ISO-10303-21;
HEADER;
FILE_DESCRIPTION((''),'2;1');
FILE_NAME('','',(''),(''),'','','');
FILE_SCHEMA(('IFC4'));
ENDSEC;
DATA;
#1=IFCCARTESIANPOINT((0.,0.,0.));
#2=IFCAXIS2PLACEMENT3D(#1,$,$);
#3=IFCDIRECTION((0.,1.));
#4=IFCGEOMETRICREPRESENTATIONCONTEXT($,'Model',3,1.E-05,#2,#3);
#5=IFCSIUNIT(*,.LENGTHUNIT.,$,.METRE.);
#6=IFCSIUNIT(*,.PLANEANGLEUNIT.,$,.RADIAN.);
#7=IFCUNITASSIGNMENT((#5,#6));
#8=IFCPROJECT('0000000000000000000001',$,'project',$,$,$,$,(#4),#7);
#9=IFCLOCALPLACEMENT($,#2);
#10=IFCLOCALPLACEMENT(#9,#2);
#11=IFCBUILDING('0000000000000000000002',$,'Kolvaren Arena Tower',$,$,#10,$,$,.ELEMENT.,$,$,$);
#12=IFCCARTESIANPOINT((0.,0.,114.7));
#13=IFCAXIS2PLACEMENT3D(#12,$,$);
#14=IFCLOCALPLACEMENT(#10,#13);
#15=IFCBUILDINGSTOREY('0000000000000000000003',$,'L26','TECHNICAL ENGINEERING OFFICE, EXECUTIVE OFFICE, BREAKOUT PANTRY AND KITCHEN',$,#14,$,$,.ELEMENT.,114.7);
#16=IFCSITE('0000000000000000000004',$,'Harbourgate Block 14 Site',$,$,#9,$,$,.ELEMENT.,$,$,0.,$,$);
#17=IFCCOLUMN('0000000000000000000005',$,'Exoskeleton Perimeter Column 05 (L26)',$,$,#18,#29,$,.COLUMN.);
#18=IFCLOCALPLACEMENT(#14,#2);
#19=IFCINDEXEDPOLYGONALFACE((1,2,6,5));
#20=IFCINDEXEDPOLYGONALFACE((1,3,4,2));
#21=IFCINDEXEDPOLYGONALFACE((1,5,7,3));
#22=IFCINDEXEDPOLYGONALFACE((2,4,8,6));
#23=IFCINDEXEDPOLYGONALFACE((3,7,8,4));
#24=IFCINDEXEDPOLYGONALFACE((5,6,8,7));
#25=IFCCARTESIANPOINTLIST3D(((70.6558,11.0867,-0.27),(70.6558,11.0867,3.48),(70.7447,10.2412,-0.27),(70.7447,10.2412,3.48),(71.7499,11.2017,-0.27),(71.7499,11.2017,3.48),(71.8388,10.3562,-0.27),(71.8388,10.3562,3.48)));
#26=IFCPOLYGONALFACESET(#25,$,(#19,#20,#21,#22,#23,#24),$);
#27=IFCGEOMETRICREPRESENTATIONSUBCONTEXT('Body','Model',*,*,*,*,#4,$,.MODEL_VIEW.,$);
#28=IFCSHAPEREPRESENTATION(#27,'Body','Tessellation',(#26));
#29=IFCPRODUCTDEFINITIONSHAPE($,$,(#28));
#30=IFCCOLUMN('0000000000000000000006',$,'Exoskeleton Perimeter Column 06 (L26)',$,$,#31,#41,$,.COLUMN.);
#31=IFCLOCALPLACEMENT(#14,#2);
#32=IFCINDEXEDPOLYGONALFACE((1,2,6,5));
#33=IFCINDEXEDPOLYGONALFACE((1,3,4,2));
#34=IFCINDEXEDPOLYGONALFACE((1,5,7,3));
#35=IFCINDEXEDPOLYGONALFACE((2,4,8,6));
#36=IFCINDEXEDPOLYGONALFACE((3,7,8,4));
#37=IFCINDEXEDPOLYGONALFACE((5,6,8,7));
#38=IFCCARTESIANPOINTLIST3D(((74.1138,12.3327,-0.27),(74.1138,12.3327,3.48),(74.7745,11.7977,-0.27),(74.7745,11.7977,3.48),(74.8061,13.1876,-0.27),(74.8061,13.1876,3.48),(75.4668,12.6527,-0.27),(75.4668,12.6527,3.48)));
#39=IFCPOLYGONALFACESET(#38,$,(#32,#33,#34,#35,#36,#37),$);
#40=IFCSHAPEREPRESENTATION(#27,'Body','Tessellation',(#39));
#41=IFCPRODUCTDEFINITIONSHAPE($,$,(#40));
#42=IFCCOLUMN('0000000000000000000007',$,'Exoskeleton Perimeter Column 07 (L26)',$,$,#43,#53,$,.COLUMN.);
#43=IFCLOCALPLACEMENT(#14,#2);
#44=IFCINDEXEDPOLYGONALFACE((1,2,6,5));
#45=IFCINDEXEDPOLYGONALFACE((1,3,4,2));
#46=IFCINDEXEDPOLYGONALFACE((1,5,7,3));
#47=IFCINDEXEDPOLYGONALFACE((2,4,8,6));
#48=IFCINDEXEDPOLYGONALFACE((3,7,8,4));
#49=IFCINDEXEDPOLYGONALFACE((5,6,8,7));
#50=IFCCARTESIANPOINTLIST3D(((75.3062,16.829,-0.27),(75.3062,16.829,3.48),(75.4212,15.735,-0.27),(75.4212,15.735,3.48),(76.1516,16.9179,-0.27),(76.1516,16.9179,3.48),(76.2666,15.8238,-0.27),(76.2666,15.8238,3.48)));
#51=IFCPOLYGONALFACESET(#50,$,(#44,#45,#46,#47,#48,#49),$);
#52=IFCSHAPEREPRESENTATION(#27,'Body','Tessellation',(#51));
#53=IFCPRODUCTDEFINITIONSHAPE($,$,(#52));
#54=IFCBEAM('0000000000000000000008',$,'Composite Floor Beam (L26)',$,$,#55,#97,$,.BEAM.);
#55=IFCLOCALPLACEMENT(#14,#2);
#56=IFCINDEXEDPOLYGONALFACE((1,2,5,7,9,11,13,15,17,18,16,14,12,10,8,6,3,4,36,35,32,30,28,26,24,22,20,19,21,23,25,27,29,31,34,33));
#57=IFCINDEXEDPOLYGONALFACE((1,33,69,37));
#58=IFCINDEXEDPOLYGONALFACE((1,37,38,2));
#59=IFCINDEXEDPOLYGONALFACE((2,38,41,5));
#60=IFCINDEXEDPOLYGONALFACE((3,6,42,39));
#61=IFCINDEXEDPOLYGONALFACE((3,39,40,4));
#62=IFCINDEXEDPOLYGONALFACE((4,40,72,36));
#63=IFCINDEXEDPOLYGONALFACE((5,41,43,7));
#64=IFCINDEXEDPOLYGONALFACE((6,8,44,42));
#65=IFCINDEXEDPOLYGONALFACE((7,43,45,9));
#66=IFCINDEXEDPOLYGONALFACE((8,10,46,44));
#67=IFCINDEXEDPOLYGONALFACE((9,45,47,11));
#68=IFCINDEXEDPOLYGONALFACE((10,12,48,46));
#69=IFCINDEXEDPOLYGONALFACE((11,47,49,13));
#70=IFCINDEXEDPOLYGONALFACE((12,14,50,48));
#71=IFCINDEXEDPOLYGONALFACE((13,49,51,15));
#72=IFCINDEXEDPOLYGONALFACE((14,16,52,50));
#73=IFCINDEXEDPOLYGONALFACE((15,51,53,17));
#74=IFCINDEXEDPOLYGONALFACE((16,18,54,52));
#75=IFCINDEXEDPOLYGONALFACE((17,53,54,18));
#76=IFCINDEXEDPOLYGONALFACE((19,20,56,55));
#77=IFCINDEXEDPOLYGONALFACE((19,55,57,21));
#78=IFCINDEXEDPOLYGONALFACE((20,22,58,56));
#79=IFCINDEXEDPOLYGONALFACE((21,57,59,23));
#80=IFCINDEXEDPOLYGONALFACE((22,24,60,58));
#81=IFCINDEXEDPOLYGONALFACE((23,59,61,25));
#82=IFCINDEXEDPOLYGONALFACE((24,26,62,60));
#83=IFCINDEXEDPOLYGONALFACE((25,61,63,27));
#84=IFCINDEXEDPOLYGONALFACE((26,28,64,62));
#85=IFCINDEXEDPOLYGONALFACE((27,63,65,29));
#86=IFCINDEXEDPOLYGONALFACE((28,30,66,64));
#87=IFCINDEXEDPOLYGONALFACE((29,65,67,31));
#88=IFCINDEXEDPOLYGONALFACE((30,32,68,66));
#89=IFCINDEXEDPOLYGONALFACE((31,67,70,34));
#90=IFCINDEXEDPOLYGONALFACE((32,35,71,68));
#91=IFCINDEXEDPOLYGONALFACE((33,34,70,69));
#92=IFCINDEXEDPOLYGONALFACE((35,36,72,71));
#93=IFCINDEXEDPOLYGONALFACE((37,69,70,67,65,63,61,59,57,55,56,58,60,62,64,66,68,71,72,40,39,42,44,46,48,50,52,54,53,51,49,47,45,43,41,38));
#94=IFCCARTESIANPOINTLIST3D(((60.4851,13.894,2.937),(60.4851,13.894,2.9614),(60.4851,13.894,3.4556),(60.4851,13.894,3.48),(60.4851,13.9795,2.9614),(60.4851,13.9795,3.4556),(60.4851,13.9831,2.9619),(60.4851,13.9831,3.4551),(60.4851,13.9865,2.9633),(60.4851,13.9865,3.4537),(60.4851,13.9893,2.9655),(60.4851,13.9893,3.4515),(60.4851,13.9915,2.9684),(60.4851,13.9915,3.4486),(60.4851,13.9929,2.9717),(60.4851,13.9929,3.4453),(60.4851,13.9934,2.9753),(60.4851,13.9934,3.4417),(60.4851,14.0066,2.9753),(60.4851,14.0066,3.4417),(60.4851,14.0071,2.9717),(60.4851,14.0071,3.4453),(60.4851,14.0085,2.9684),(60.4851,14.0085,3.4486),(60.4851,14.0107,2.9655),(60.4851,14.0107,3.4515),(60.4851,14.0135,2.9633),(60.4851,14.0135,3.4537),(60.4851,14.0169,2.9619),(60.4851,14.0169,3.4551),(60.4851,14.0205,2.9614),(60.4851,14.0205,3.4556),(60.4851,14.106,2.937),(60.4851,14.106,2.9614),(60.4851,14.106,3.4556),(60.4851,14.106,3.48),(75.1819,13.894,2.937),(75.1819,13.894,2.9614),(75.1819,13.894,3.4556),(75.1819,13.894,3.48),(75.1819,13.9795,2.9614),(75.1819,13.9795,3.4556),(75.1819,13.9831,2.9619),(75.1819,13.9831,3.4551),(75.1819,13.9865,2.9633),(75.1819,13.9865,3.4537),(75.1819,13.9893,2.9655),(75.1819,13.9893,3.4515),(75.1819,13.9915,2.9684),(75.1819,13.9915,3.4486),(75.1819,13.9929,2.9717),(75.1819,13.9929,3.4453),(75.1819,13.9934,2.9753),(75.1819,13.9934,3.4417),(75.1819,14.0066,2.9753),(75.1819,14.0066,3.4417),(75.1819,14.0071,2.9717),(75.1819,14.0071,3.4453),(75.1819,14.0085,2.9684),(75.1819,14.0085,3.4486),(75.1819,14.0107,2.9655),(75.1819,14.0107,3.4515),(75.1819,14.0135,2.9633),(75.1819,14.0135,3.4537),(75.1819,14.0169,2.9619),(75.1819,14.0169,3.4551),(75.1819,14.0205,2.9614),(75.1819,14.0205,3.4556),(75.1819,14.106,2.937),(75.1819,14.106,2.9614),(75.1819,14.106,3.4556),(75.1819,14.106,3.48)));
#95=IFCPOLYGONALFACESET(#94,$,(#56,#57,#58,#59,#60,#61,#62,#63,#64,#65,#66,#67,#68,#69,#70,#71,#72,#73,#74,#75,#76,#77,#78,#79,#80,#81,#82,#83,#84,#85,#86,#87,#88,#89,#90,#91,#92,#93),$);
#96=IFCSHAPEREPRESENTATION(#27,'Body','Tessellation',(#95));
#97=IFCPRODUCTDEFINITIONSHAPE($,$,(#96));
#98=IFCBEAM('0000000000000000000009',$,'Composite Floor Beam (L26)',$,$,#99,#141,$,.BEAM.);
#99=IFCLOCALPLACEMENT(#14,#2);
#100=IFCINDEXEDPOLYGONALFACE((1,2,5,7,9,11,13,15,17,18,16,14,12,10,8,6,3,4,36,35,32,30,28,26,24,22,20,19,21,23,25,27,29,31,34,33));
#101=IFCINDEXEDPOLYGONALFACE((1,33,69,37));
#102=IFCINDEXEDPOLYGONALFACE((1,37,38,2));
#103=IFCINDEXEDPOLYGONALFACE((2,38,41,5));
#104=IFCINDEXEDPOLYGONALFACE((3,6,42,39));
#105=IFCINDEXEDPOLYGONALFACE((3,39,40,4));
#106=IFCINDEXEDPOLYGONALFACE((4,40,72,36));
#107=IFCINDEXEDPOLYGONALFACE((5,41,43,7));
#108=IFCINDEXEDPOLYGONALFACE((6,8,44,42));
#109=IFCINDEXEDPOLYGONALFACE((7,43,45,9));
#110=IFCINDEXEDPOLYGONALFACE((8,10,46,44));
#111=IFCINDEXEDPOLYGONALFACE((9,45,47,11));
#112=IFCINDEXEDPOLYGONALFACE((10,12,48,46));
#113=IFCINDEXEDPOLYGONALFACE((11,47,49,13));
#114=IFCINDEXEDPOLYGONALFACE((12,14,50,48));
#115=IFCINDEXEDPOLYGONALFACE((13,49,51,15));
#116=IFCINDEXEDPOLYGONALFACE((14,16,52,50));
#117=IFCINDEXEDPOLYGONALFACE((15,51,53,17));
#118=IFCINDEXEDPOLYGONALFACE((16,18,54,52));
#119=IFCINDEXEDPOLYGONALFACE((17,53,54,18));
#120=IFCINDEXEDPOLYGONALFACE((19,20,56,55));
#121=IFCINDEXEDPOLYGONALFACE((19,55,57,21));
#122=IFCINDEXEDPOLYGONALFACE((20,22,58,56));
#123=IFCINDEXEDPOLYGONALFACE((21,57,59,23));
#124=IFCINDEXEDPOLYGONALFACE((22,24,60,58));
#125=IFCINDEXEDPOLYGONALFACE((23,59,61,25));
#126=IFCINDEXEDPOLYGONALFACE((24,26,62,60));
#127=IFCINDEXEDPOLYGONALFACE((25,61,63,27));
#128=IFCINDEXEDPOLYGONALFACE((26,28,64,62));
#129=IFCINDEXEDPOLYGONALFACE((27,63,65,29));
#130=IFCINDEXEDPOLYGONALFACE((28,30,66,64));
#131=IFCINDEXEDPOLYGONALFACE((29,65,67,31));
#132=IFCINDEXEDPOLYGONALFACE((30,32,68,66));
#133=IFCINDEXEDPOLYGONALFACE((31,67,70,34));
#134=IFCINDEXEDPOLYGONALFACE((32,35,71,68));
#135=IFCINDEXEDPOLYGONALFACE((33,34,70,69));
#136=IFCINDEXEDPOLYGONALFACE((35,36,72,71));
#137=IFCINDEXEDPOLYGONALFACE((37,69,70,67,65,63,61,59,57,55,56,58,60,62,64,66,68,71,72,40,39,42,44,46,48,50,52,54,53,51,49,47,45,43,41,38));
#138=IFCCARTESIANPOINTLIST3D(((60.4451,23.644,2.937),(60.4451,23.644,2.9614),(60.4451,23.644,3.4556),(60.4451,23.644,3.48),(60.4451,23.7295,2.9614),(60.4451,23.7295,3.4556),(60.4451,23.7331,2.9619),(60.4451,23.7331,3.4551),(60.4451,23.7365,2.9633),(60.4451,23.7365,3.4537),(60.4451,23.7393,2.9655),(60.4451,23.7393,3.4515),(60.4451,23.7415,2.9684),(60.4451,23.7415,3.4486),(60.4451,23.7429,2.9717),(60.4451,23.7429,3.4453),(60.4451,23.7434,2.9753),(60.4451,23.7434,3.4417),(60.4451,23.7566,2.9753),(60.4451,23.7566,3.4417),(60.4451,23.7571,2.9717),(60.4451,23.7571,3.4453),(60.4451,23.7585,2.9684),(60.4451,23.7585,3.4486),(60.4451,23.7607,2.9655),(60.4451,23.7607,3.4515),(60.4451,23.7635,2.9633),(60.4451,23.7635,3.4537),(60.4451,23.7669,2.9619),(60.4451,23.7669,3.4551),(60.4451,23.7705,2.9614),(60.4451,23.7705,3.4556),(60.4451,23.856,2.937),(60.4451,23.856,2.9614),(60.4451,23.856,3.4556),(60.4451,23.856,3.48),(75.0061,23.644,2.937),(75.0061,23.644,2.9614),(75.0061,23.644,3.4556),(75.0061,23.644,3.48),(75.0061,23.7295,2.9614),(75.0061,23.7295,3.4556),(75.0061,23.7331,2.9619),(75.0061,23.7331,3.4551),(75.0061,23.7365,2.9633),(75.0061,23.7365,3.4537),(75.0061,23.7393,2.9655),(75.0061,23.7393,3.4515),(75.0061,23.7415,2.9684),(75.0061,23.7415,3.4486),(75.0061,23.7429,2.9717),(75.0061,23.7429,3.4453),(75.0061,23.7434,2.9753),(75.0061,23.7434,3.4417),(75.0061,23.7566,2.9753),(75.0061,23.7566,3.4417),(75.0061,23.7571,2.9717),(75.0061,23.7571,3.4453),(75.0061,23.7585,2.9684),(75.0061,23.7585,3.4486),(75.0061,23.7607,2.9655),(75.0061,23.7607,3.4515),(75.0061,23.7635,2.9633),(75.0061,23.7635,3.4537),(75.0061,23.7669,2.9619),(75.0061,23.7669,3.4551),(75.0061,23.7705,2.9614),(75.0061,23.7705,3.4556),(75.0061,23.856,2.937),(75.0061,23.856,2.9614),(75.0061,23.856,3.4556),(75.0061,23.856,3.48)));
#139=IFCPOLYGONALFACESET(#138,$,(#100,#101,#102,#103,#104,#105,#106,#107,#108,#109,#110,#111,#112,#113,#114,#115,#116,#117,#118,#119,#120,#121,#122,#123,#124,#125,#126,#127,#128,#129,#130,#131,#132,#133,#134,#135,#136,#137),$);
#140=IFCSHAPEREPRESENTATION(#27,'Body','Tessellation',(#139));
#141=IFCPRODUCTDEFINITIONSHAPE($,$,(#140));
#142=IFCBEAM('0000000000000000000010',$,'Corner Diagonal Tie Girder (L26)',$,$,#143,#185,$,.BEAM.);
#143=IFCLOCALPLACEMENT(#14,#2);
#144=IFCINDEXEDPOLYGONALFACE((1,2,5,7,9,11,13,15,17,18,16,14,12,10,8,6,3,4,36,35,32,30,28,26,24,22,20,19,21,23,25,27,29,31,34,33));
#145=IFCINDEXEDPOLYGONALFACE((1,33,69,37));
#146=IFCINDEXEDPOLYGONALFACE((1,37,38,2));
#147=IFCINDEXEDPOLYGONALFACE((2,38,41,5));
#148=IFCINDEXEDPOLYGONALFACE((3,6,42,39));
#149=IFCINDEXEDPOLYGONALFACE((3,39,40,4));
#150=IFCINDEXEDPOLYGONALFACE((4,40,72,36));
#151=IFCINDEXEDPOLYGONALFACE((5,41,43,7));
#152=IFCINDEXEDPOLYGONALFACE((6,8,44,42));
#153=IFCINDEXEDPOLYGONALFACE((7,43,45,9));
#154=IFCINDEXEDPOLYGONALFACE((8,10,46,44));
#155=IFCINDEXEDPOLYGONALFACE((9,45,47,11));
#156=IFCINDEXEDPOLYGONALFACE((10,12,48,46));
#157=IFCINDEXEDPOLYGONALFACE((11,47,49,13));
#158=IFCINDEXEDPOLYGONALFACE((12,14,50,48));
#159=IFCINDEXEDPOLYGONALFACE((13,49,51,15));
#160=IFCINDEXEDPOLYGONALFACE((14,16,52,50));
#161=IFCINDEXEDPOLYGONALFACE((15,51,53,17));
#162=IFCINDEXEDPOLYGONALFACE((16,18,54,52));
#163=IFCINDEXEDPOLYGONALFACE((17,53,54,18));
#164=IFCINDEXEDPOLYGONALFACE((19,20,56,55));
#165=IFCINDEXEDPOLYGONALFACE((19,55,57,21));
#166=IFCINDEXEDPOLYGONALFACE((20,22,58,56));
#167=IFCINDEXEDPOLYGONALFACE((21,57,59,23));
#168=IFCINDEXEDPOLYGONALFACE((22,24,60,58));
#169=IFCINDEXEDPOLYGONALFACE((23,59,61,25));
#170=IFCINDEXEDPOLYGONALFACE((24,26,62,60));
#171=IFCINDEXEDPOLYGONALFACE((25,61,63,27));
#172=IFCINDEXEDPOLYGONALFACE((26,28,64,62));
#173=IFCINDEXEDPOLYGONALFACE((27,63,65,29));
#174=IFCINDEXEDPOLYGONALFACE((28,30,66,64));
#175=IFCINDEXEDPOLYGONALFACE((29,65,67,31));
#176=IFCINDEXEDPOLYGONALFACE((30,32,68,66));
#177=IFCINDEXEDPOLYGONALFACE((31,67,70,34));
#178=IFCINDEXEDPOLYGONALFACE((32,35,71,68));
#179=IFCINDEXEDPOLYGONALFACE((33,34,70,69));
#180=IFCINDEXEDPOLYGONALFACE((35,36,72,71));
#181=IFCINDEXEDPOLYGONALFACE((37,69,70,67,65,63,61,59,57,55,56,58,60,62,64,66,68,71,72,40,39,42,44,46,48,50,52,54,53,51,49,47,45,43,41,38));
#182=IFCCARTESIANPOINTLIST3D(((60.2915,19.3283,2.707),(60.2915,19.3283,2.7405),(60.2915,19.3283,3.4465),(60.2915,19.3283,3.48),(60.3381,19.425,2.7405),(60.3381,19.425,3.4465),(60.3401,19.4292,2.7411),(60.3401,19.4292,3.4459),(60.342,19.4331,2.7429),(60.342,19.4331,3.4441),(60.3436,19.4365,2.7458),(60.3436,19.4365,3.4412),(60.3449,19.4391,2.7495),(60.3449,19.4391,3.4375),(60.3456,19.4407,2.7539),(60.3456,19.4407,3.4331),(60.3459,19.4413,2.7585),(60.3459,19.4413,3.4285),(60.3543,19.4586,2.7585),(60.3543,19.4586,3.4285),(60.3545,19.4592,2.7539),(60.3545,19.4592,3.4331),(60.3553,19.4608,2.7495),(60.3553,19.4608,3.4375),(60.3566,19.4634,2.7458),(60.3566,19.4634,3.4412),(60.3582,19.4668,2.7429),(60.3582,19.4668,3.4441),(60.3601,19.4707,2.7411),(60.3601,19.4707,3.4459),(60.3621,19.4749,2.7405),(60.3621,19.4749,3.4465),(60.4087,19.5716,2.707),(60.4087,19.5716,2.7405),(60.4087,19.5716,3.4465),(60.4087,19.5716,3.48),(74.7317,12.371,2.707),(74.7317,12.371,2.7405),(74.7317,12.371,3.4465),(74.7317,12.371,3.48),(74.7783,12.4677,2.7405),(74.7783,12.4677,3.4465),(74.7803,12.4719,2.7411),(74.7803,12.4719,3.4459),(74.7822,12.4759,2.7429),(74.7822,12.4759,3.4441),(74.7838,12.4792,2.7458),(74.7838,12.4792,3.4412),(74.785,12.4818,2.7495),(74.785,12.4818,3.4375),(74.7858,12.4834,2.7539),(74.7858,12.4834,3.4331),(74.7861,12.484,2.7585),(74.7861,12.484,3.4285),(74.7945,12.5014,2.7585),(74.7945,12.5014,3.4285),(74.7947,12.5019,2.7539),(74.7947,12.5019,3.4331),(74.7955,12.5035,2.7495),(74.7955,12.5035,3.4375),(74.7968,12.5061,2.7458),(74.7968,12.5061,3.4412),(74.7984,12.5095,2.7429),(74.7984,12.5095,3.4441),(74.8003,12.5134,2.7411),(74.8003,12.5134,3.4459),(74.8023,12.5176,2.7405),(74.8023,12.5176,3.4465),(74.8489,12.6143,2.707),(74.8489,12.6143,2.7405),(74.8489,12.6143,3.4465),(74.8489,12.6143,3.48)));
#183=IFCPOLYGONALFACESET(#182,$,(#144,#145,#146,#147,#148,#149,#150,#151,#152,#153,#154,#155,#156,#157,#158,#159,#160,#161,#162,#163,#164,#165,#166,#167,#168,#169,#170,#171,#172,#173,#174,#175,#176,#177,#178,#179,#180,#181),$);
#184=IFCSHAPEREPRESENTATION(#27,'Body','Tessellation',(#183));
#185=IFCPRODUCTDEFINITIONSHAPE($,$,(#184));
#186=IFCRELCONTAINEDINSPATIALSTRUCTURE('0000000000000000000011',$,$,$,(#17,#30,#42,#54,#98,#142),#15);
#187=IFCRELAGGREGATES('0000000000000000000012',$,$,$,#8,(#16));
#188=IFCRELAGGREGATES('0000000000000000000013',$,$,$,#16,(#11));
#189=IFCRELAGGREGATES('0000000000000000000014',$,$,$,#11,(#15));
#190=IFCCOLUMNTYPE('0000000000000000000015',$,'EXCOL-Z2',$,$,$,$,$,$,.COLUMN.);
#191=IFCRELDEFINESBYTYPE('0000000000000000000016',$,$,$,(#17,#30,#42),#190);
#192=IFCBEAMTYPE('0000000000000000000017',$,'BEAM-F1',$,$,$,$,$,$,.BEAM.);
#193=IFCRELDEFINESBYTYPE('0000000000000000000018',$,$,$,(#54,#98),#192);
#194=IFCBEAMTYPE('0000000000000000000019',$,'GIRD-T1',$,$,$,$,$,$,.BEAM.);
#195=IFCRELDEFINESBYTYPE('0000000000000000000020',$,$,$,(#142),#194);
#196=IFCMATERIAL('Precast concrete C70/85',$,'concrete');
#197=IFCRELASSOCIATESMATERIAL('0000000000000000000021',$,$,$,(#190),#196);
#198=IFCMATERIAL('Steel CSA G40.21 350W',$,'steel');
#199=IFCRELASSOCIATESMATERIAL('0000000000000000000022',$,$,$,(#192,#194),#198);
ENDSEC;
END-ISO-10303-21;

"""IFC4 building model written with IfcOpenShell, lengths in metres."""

from ifc_helpers import new_model, si_unit, direction, frame, origin, origin_2d, place, context, subcontext, project, spatial, rectangle, i_section, extrude, material, material_profile, profile_set, type_object, element, save


model = new_model("IFC4")

# Units and contexts
model_context = context("Model", 3, precision=1e-05, world=origin(), true_north=direction((0.0, 1.0)))
body_context = subcontext(model_context, "Body", "Model", "MODEL_VIEW")
ifc_project = project(units=[si_unit("LENGTHUNIT", "METRE"), si_unit("PLANEANGLEUNIT", "RADIAN")], contexts=[model_context])

# Site, building, storey
site_placement = place(None, origin())
site = spatial("IfcSite", under=ifc_project, at=site_placement, Name="Harbourgate Block 14 Site", CompositionType="ELEMENT", RefElevation=0.0)
building_placement = place(site_placement, origin())
building = spatial("IfcBuilding", under=site, at=building_placement, Name="Kolvaren Arena Tower", CompositionType="ELEMENT")
storey_placement = place(building_placement, frame((0.0, 0.0, 114.7)))
storey = spatial("IfcBuildingStorey", under=building, at=storey_placement, Name="L26", Description="TECHNICAL ENGINEERING OFFICE, EXECUTIVE OFFICE, BREAKOUT PANTRY AND KITCHEN", CompositionType="ELEMENT", Elevation=114.7)

# Columns
ifc_material_1 = material(Name="Precast concrete C70/85", Category="concrete")
ifc_material_profile_1 = material_profile(ifc_material_1, rectangle(XDim=1.1001, YDim=0.8501, at=origin_2d()), Name="RC-1100x850")
ifc_profile_set_1 = profile_set([ifc_material_profile_1], Name="Precast concrete C70/85")
column_type = type_object("IfcColumnType", Name="EXCOL-Z2", PredefinedType="COLUMN", material=ifc_profile_set_1)
for number, where, z_axis, x_axis, name in (
    (1, (71.2473, 10.7214, -0.27), (0.0, 0.0, 1.0), (0.994522, 0.104528, 0.0), "Exoskeleton Perimeter Column 05 (L26)"),
    (2, (74.7903, 12.4927, -0.27), (0.0, 0.0, 1.0), (0.62932, 0.777146, 0.0), "Exoskeleton Perimeter Column 06 (L26)"),
    (3, (75.7864, 16.3264, -0.27), (0.0, 0.0, 1.0), (-0.104528, 0.994522, 0.0), "Exoskeleton Perimeter Column 07 (L26)"),
):
    element("IfcColumn", number, at=place(storey_placement, frame(where, z_axis=z_axis, x_axis=x_axis)), inside=storey, type_object=column_type, Name=name, PredefinedType="COLUMN", context=body_context, shape_type="SweptSolid", body=[
        extrude(rectangle(XDim=1.1001, YDim=0.8501, at=origin_2d()), origin(), (0.0, 0.0, 1.0), 3.75),
    ])

# Beams
ifc_material_2 = material(Name="Steel CSA G40.21 350W", Category="steel")
ifc_material_profile_2 = material_profile(ifc_material_2, i_section(OverallWidth=0.2119, OverallDepth=0.543, WebThickness=0.0132, FlangeThickness=0.0244, FilletRadius=0.0139, at=origin_2d()), Name="W530x150")
ifc_profile_set_2 = profile_set([ifc_material_profile_2], Name="Steel CSA G40.21 350W")
beam_type_1 = type_object("IfcBeamType", Name="BEAM-F1", PredefinedType="BEAM", material=ifc_profile_set_2)
beam_1_placement = place(storey_placement, frame((60.4851, 14.0, 3.2085), z_axis=(1.0, 0.0, 0.0), x_axis=(0.0, 1.0, 0.0)))
element("IfcBeam", 4, at=beam_1_placement, inside=storey, type_object=beam_type_1, Name="Composite Floor Beam (L26)", PredefinedType="BEAM", context=body_context, shape_type="SweptSolid", body=[
    extrude(i_section(OverallWidth=0.2119, OverallDepth=0.543, WebThickness=0.0132, FlangeThickness=0.0244, FilletRadius=0.0139, at=origin_2d()), origin(), (0.0, 0.0, 1.0), 14.6968),
])
beam_2_placement = place(storey_placement, frame((60.4451, 23.75, 3.2085), z_axis=(1.0, 0.0, 0.0), x_axis=(0.0, 1.0, 0.0)))
element("IfcBeam", 5, at=beam_2_placement, inside=storey, type_object=beam_type_1, Name="Composite Floor Beam (L26)", PredefinedType="BEAM", context=body_context, shape_type="SweptSolid", body=[
    extrude(i_section(OverallWidth=0.2119, OverallDepth=0.543, WebThickness=0.0132, FlangeThickness=0.0244, FilletRadius=0.0139, at=origin_2d()), origin(), (0.0, 0.0, 1.0), 14.561),
])
ifc_material_profile_3 = material_profile(ifc_material_2, i_section(OverallWidth=0.27, OverallDepth=0.7729, WebThickness=0.0193, FlangeThickness=0.0334, FilletRadius=0.0181, at=origin_2d()), Name="W760x257")
ifc_profile_set_3 = profile_set([ifc_material_profile_3], Name="Steel CSA G40.21 350W")
beam_type_2 = type_object("IfcBeamType", Name="GIRD-T1", PredefinedType="BEAM", material=ifc_profile_set_3)
beam_3_placement = place(storey_placement, frame((74.7903, 12.4927, 3.0935), z_axis=(-0.90089, 0.434048, 0.0), x_axis=(-0.434048, -0.90089, 0.0)))
element("IfcBeam", 6, at=beam_3_placement, inside=storey, type_object=beam_type_2, Name="Corner Diagonal Tie Girder (L26)", PredefinedType="BEAM", context=body_context, shape_type="SweptSolid", body=[
    extrude(i_section(OverallWidth=0.27, OverallDepth=0.7729, WebThickness=0.0193, FlangeThickness=0.0334, FilletRadius=0.0181, at=origin_2d()), origin(), (0.0, 0.0, 1.0), 16.0288),
])

save(model, "model.ifc")
